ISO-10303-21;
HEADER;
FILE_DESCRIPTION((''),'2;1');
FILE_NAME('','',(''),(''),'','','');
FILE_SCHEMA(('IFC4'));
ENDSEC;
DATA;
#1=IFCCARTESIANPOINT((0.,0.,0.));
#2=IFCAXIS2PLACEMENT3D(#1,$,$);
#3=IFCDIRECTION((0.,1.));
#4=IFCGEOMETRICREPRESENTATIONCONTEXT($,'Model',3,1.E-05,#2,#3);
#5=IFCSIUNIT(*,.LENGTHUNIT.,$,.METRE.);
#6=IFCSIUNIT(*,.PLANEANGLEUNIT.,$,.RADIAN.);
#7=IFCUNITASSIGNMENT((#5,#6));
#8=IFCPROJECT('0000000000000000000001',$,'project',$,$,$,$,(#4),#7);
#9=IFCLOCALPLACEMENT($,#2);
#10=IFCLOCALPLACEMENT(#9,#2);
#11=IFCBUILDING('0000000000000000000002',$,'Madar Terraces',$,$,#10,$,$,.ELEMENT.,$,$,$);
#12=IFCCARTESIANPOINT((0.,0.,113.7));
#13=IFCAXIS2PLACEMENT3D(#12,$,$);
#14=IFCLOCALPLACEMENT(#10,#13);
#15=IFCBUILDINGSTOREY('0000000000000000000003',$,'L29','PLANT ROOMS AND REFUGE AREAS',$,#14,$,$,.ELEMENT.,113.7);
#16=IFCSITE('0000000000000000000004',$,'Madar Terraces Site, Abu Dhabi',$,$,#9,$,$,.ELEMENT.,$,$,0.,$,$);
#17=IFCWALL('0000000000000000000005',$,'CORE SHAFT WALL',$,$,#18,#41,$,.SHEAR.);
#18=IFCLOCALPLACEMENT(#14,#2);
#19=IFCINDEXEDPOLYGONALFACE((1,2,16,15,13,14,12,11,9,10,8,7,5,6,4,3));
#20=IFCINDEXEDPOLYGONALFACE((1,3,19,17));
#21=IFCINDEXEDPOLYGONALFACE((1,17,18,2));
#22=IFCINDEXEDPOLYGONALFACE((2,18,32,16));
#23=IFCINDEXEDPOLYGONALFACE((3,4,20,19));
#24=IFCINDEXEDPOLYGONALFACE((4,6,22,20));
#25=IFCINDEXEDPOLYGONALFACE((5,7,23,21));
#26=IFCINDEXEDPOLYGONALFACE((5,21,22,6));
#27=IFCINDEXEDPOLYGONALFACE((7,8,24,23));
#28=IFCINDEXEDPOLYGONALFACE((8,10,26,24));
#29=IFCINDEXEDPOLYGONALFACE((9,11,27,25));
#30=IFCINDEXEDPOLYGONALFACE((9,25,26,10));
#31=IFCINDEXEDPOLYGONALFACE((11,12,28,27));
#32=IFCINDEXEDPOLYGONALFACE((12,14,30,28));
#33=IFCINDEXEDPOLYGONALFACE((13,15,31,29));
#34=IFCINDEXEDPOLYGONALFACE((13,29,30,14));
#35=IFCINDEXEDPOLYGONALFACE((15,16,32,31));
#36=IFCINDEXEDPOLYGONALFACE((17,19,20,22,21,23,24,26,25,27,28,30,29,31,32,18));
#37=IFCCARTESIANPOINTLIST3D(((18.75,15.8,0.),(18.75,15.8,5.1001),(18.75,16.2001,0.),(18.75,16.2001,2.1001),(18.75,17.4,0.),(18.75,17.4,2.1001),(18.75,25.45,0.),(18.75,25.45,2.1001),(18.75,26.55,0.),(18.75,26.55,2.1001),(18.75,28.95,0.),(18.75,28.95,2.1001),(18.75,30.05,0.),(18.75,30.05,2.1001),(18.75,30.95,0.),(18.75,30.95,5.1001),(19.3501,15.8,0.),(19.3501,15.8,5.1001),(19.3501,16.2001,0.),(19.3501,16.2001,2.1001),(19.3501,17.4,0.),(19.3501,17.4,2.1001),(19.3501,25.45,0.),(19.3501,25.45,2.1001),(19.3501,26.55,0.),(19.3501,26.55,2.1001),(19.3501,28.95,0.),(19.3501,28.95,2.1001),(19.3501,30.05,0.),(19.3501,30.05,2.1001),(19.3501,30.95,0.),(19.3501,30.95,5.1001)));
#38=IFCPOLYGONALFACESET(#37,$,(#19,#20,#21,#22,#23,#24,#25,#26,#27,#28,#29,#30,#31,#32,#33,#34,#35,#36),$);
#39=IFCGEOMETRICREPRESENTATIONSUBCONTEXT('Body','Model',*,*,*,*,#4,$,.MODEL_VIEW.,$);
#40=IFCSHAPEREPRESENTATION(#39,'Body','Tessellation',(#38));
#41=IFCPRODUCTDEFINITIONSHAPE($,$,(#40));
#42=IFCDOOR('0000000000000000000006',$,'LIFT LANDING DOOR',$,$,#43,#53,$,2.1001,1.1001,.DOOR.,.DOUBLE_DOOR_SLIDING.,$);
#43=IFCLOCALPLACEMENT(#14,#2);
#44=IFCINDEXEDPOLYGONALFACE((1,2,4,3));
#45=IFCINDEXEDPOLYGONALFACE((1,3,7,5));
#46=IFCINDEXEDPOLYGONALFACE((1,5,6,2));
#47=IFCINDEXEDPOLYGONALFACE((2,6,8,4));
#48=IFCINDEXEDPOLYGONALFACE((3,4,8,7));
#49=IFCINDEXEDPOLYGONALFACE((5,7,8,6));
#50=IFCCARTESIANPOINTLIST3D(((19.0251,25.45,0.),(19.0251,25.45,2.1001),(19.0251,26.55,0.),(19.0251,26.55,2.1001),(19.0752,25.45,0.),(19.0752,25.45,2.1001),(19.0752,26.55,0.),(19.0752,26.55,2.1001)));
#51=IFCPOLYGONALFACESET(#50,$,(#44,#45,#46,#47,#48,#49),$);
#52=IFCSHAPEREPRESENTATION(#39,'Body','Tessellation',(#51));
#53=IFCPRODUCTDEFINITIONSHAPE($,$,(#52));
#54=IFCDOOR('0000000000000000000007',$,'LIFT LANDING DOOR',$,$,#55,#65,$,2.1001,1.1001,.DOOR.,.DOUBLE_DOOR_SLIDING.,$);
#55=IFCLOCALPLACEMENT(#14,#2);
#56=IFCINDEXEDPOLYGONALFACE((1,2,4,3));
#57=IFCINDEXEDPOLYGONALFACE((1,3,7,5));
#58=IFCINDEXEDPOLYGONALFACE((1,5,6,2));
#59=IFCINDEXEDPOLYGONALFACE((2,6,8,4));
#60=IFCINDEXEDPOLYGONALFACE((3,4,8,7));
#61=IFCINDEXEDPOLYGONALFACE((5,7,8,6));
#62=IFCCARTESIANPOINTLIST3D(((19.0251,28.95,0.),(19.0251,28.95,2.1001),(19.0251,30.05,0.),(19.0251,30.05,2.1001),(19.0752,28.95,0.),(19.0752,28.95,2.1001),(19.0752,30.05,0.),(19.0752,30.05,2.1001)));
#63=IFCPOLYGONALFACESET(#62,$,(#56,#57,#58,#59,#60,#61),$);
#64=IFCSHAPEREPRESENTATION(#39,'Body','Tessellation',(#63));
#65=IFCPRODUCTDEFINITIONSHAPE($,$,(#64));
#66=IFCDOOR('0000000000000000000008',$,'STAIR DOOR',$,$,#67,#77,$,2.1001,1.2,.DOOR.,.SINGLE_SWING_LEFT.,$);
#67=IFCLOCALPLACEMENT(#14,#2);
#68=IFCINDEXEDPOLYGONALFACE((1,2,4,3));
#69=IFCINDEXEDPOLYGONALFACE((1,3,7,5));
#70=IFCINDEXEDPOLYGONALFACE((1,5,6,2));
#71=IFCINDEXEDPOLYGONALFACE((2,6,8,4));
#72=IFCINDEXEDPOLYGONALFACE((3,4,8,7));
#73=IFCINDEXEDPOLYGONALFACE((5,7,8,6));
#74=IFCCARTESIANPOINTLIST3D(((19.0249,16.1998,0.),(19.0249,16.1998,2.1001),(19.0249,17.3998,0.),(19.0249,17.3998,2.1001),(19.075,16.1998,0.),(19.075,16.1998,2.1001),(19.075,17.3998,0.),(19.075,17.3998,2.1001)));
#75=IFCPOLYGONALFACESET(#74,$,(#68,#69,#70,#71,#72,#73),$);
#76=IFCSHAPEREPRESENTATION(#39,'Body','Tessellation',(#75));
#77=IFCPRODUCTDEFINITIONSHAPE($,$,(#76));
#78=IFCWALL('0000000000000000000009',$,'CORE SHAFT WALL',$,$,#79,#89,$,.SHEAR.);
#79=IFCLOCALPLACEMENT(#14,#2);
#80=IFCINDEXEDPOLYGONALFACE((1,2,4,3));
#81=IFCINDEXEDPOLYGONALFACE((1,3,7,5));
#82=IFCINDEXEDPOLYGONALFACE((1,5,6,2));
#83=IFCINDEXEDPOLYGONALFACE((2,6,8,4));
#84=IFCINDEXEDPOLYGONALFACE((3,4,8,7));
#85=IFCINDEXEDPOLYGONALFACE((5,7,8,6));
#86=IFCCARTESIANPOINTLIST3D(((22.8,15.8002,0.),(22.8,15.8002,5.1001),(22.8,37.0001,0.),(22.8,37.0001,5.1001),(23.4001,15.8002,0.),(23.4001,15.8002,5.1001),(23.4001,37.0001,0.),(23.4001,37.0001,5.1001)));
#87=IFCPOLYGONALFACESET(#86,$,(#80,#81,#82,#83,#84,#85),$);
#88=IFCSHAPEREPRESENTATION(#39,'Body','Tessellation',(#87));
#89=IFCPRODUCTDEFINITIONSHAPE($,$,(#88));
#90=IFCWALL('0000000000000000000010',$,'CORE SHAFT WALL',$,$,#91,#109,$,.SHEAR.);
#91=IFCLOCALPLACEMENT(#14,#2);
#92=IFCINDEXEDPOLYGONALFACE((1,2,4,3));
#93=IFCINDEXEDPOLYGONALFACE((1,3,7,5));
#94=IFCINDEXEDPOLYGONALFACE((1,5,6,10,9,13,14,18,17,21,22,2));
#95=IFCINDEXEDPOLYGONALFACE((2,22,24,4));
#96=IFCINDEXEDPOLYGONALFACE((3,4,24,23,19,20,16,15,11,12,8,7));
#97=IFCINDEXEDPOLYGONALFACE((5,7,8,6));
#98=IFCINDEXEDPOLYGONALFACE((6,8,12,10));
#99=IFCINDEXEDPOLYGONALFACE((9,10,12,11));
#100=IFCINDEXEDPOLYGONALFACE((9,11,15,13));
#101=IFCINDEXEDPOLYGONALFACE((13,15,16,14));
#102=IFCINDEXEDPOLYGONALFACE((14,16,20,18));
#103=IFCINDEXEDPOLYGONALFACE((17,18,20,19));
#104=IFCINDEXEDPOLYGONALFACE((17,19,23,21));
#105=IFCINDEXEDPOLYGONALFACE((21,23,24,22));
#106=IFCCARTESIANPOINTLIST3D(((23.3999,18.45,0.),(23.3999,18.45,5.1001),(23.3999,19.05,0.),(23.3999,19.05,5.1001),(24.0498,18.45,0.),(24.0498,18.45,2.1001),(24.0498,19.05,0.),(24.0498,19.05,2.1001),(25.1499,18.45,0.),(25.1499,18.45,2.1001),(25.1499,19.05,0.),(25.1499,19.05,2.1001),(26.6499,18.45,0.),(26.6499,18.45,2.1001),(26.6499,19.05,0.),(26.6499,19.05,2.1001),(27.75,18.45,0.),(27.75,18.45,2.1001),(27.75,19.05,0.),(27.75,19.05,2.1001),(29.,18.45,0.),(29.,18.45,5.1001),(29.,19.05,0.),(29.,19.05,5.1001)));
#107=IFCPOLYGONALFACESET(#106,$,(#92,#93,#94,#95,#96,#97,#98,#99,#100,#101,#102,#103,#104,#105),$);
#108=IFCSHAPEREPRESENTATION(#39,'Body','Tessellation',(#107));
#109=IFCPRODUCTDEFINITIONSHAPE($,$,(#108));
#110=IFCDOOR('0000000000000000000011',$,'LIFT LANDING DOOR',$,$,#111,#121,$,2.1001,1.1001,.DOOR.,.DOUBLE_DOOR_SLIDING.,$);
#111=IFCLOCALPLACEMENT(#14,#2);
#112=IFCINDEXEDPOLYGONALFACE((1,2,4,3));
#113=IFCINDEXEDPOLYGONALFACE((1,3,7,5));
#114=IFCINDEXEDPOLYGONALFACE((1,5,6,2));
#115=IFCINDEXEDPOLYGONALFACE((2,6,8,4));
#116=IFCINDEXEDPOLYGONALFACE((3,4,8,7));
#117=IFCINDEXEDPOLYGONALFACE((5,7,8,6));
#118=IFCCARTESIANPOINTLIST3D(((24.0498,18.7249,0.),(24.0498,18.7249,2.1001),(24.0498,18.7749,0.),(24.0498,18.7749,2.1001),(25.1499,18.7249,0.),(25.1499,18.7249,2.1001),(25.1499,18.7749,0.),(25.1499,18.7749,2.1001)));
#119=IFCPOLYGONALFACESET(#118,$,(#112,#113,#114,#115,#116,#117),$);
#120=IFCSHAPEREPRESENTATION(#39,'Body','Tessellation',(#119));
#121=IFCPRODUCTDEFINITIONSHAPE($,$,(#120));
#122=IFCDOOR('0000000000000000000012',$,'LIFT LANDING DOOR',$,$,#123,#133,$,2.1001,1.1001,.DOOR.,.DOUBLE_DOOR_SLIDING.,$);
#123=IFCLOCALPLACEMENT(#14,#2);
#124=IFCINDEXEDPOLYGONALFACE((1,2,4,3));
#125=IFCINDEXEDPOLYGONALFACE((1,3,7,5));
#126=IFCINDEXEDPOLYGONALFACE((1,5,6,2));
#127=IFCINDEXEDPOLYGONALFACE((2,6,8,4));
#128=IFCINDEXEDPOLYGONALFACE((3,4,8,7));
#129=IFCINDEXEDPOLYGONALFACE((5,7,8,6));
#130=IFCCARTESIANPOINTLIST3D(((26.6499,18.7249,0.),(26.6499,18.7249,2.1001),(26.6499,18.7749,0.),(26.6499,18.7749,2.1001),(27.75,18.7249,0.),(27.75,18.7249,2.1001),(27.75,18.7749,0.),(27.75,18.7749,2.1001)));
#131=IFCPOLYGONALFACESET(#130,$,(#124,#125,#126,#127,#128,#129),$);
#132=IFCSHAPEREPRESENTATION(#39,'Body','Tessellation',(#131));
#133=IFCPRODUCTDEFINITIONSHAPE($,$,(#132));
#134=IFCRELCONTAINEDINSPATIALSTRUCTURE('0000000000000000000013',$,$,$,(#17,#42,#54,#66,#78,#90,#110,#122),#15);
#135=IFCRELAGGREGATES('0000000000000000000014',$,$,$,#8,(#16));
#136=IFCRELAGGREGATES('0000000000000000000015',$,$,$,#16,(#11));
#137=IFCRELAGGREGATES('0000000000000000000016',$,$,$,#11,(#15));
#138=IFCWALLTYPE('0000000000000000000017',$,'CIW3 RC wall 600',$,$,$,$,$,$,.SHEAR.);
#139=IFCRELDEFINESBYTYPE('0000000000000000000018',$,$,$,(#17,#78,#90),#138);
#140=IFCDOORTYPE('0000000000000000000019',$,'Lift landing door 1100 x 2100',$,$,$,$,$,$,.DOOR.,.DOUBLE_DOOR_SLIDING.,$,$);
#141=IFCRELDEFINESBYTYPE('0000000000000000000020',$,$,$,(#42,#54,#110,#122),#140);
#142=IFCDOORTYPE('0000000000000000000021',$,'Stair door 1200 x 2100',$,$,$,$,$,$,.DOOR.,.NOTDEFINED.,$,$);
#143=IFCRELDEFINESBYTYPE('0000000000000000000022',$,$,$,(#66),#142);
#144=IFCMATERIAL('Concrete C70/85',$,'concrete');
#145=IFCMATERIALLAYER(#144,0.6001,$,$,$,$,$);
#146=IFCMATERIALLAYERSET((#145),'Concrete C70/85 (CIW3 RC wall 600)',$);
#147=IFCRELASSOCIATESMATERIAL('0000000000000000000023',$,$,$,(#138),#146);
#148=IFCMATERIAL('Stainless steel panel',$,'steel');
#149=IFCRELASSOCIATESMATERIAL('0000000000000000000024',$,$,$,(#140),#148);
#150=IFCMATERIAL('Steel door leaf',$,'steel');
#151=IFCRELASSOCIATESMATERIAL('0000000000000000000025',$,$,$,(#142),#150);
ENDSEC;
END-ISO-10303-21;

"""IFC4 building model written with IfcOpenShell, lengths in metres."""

from ifc_helpers import new_model, si_unit, direction, frame, frame_2d, origin, place, context, subcontext, project, spatial, rectangle, extrude, material, layer, layer_set, type_object, element, fill, save


model = new_model("IFC4")

# Units and contexts
model_context = context("Model", 3, precision=1e-05, world=origin(), true_north=direction((0.0, 1.0)))
body_context = subcontext(model_context, "Body", "Model", "MODEL_VIEW")
ifc_project = project(units=[si_unit("LENGTHUNIT", "METRE"), si_unit("PLANEANGLEUNIT", "RADIAN")], contexts=[model_context])

# Site, building, storey
site_placement = place(None, origin())
site = spatial("IfcSite", under=ifc_project, at=site_placement, Name="Madar Terraces Site, Abu Dhabi", CompositionType="ELEMENT", RefElevation=0.0)
building_placement = place(site_placement, origin())
building = spatial("IfcBuilding", under=site, at=building_placement, Name="Madar Terraces", CompositionType="ELEMENT")
storey_placement = place(building_placement, frame((0.0, 0.0, 113.7)))
storey = spatial("IfcBuildingStorey", under=building, at=storey_placement, Name="L29", Description="PLANT ROOMS AND REFUGE AREAS", CompositionType="ELEMENT", Elevation=113.7)

# Wall, openings, doors
ifc_material_1 = material(Name="Concrete C70/85", Category="concrete")
ifc_layer_1 = layer(ifc_material_1, 0.6001)
ifc_layer_set_1 = layer_set([ifc_layer_1], Name="Concrete C70/85 (CIW3 RC wall 600)")
wall_type_1 = type_object("IfcWallType", Name="CIW3 RC wall 600", PredefinedType="SHEAR", material=ifc_layer_set_1)
wall_1_placement = place(storey_placement, frame((19.05, 15.8, 0.0), z_axis=(0.0, 0.0, 1.0), x_axis=(0.0, 1.0, 0.0)))
wall_1 = element("IfcWall", 1, at=wall_1_placement, inside=storey, type_object=wall_type_1, Name="CORE SHAFT WALL", PredefinedType="SHEAR", context=body_context, shape_type="SweptSolid", body=[
    extrude(rectangle(XDim=15.1499, YDim=0.6001, at=frame_2d((7.575, 0.0))), origin(), (0.0, 0.0, 1.0), 5.1001),
])
opening_1_placement = place(wall_1_placement, frame((9.6499, 0.0, 0.0)))
opening_1 = element("IfcOpeningElement", 2, at=opening_1_placement, cuts=wall_1, PredefinedType="OPENING", context=body_context, shape_type="SweptSolid", body=[
    extrude(rectangle(XDim=1.1001, YDim=2.1001, at=frame_2d((0.55, 1.05))), frame((0.0, 0.3101, 0.0), z_axis=(0.0, -1.0, 0.0), x_axis=(1.0, 0.0, 0.0)), (0.0, 0.0, 1.0), 0.6201),
])
opening_2_placement = place(wall_1_placement, frame((13.1499, 0.0, 0.0)))
opening_2 = element("IfcOpeningElement", 3, at=opening_2_placement, cuts=wall_1, PredefinedType="OPENING", context=body_context, shape_type="SweptSolid", body=[
    extrude(rectangle(XDim=1.1001, YDim=2.1001, at=frame_2d((0.55, 1.05))), frame((0.0, 0.3101, 0.0), z_axis=(0.0, -1.0, 0.0), x_axis=(1.0, 0.0, 0.0)), (0.0, 0.0, 1.0), 0.6201),
])
opening_3_placement = place(wall_1_placement, frame((0.3999, 0.0, 0.0)))
opening_3 = element("IfcOpeningElement", 4, at=opening_3_placement, cuts=wall_1, PredefinedType="OPENING", context=body_context, shape_type="SweptSolid", body=[
    extrude(rectangle(XDim=1.2, YDim=2.1001, at=frame_2d((0.6001, 1.05))), frame((0.0, 0.3101, 0.0), z_axis=(0.0, -1.0, 0.0), x_axis=(1.0, 0.0, 0.0)), (0.0, 0.0, 1.0), 0.6201),
])
ifc_material_2 = material(Name="Stainless steel panel", Category="steel")
door_type_1 = type_object("IfcDoorType", Name="Lift landing door 1100 x 2100", OperationType="DOUBLE_DOOR_SLIDING", PredefinedType="DOOR", material=ifc_material_2)
door_1_placement = place(opening_1_placement, origin())
door_1 = element("IfcDoor", 5, at=door_1_placement, inside=storey, type_object=door_type_1, Name="LIFT LANDING DOOR", OperationType="DOUBLE_DOOR_SLIDING", OverallHeight=2.1001, OverallWidth=1.1001, PredefinedType="DOOR", context=body_context, shape_type="SweptSolid", body=[
    extrude(rectangle(XDim=1.1001, YDim=2.1001, at=frame_2d((0.55, 1.05))), frame((0.0, 0.0249, 0.0), z_axis=(0.0, -1.0, 0.0), x_axis=(1.0, 0.0, 0.0)), (0.0, 0.0, 1.0), 0.05),
])
fill(opening_1, door_1)
door_2_placement = place(opening_2_placement, origin())
door_2 = element("IfcDoor", 6, at=door_2_placement, inside=storey, type_object=door_type_1, Name="LIFT LANDING DOOR", OperationType="DOUBLE_DOOR_SLIDING", OverallHeight=2.1001, OverallWidth=1.1001, PredefinedType="DOOR", context=body_context, shape_type="SweptSolid", body=[
    extrude(rectangle(XDim=1.1001, YDim=2.1001, at=frame_2d((0.55, 1.05))), frame((0.0, 0.0249, 0.0), z_axis=(0.0, -1.0, 0.0), x_axis=(1.0, 0.0, 0.0)), (0.0, 0.0, 1.0), 0.05),
])
fill(opening_2, door_2)
ifc_material_3 = material(Name="Steel door leaf", Category="steel")
door_type_2 = type_object("IfcDoorType", Name="Stair door 1200 x 2100", OperationType="NOTDEFINED", PredefinedType="DOOR", material=ifc_material_3)
door_3_placement = place(opening_3_placement, frame((1.2, 0.0, 0.0), z_axis=(0.0, 0.0, 1.0), x_axis=(-1.0, 0.0, 0.0)))
door_3 = element("IfcDoor", 7, at=door_3_placement, inside=storey, type_object=door_type_2, Name="STAIR DOOR", OperationType="SINGLE_SWING_LEFT", OverallHeight=2.1001, OverallWidth=1.2, PredefinedType="DOOR", context=body_context, shape_type="SweptSolid", body=[
    extrude(rectangle(XDim=1.2, YDim=2.1001, at=frame_2d((0.6001, 1.05))), frame((0.0, 0.0249, 0.0), z_axis=(0.0, -1.0, 0.0), x_axis=(1.0, 0.0, 0.0)), (0.0, 0.0, 1.0), 0.05),
])
fill(opening_3, door_3)

# Wall
wall_2_placement = place(storey_placement, frame((23.1001, 15.8, 0.0), z_axis=(0.0, 0.0, 1.0), x_axis=(0.0, 1.0, 0.0)))
element("IfcWall", 8, at=wall_2_placement, inside=storey, type_object=wall_type_1, Name="CORE SHAFT WALL", PredefinedType="SHEAR", context=body_context, shape_type="SweptSolid", body=[
    extrude(rectangle(XDim=21.2, YDim=0.6001, at=frame_2d((10.6001, 0.0))), origin(), (0.0, 0.0, 1.0), 5.1001),
])

# Wall, openings, doors
wall_3_placement = place(storey_placement, frame((23.3999, 18.75, 0.0), z_axis=(0.0, 0.0, 1.0), x_axis=(1.0, 0.0, 0.0)))
wall_3 = element("IfcWall", 9, at=wall_3_placement, inside=storey, type_object=wall_type_1, Name="CORE SHAFT WALL", PredefinedType="SHEAR", context=body_context, shape_type="SweptSolid", body=[
    extrude(rectangle(XDim=5.6001, YDim=0.6001, at=frame_2d((2.8, 0.0))), origin(), (0.0, 0.0, 1.0), 5.1001),
])
opening_4_placement = place(wall_3_placement, frame((0.6499, 0.0, 0.0)))
opening_4 = element("IfcOpeningElement", 10, at=opening_4_placement, cuts=wall_3, PredefinedType="OPENING", context=body_context, shape_type="SweptSolid", body=[
    extrude(rectangle(XDim=1.1001, YDim=2.1001, at=frame_2d((0.55, 1.05))), frame((0.0, 0.3101, 0.0), z_axis=(0.0, -1.0, 0.0), x_axis=(1.0, 0.0, 0.0)), (0.0, 0.0, 1.0), 0.6201),
])
opening_5_placement = place(wall_3_placement, frame((3.25, 0.0, 0.0)))
opening_5 = element("IfcOpeningElement", 11, at=opening_5_placement, cuts=wall_3, PredefinedType="OPENING", context=body_context, shape_type="SweptSolid", body=[
    extrude(rectangle(XDim=1.1001, YDim=2.1001, at=frame_2d((0.55, 1.05))), frame((0.0, 0.3101, 0.0), z_axis=(0.0, -1.0, 0.0), x_axis=(1.0, 0.0, 0.0)), (0.0, 0.0, 1.0), 0.6201),
])
door_4_placement = place(opening_4_placement, origin())
door_4 = element("IfcDoor", 12, at=door_4_placement, inside=storey, type_object=door_type_1, Name="LIFT LANDING DOOR", OperationType="DOUBLE_DOOR_SLIDING", OverallHeight=2.1001, OverallWidth=1.1001, PredefinedType="DOOR", context=body_context, shape_type="SweptSolid", body=[
    extrude(rectangle(XDim=1.1001, YDim=2.1001, at=frame_2d((0.55, 1.05))), frame((0.0, 0.0249, 0.0), z_axis=(0.0, -1.0, 0.0), x_axis=(1.0, 0.0, 0.0)), (0.0, 0.0, 1.0), 0.05),
])
fill(opening_4, door_4)
door_5_placement = place(opening_5_placement, origin())
door_5 = element("IfcDoor", 13, at=door_5_placement, inside=storey, type_object=door_type_1, Name="LIFT LANDING DOOR", OperationType="DOUBLE_DOOR_SLIDING", OverallHeight=2.1001, OverallWidth=1.1001, PredefinedType="DOOR", context=body_context, shape_type="SweptSolid", body=[
    extrude(rectangle(XDim=1.1001, YDim=2.1001, at=frame_2d((0.55, 1.05))), frame((0.0, 0.0249, 0.0), z_axis=(0.0, -1.0, 0.0), x_axis=(1.0, 0.0, 0.0)), (0.0, 0.0, 1.0), 0.05),
])
fill(opening_5, door_5)

save(model, "model.ifc")
